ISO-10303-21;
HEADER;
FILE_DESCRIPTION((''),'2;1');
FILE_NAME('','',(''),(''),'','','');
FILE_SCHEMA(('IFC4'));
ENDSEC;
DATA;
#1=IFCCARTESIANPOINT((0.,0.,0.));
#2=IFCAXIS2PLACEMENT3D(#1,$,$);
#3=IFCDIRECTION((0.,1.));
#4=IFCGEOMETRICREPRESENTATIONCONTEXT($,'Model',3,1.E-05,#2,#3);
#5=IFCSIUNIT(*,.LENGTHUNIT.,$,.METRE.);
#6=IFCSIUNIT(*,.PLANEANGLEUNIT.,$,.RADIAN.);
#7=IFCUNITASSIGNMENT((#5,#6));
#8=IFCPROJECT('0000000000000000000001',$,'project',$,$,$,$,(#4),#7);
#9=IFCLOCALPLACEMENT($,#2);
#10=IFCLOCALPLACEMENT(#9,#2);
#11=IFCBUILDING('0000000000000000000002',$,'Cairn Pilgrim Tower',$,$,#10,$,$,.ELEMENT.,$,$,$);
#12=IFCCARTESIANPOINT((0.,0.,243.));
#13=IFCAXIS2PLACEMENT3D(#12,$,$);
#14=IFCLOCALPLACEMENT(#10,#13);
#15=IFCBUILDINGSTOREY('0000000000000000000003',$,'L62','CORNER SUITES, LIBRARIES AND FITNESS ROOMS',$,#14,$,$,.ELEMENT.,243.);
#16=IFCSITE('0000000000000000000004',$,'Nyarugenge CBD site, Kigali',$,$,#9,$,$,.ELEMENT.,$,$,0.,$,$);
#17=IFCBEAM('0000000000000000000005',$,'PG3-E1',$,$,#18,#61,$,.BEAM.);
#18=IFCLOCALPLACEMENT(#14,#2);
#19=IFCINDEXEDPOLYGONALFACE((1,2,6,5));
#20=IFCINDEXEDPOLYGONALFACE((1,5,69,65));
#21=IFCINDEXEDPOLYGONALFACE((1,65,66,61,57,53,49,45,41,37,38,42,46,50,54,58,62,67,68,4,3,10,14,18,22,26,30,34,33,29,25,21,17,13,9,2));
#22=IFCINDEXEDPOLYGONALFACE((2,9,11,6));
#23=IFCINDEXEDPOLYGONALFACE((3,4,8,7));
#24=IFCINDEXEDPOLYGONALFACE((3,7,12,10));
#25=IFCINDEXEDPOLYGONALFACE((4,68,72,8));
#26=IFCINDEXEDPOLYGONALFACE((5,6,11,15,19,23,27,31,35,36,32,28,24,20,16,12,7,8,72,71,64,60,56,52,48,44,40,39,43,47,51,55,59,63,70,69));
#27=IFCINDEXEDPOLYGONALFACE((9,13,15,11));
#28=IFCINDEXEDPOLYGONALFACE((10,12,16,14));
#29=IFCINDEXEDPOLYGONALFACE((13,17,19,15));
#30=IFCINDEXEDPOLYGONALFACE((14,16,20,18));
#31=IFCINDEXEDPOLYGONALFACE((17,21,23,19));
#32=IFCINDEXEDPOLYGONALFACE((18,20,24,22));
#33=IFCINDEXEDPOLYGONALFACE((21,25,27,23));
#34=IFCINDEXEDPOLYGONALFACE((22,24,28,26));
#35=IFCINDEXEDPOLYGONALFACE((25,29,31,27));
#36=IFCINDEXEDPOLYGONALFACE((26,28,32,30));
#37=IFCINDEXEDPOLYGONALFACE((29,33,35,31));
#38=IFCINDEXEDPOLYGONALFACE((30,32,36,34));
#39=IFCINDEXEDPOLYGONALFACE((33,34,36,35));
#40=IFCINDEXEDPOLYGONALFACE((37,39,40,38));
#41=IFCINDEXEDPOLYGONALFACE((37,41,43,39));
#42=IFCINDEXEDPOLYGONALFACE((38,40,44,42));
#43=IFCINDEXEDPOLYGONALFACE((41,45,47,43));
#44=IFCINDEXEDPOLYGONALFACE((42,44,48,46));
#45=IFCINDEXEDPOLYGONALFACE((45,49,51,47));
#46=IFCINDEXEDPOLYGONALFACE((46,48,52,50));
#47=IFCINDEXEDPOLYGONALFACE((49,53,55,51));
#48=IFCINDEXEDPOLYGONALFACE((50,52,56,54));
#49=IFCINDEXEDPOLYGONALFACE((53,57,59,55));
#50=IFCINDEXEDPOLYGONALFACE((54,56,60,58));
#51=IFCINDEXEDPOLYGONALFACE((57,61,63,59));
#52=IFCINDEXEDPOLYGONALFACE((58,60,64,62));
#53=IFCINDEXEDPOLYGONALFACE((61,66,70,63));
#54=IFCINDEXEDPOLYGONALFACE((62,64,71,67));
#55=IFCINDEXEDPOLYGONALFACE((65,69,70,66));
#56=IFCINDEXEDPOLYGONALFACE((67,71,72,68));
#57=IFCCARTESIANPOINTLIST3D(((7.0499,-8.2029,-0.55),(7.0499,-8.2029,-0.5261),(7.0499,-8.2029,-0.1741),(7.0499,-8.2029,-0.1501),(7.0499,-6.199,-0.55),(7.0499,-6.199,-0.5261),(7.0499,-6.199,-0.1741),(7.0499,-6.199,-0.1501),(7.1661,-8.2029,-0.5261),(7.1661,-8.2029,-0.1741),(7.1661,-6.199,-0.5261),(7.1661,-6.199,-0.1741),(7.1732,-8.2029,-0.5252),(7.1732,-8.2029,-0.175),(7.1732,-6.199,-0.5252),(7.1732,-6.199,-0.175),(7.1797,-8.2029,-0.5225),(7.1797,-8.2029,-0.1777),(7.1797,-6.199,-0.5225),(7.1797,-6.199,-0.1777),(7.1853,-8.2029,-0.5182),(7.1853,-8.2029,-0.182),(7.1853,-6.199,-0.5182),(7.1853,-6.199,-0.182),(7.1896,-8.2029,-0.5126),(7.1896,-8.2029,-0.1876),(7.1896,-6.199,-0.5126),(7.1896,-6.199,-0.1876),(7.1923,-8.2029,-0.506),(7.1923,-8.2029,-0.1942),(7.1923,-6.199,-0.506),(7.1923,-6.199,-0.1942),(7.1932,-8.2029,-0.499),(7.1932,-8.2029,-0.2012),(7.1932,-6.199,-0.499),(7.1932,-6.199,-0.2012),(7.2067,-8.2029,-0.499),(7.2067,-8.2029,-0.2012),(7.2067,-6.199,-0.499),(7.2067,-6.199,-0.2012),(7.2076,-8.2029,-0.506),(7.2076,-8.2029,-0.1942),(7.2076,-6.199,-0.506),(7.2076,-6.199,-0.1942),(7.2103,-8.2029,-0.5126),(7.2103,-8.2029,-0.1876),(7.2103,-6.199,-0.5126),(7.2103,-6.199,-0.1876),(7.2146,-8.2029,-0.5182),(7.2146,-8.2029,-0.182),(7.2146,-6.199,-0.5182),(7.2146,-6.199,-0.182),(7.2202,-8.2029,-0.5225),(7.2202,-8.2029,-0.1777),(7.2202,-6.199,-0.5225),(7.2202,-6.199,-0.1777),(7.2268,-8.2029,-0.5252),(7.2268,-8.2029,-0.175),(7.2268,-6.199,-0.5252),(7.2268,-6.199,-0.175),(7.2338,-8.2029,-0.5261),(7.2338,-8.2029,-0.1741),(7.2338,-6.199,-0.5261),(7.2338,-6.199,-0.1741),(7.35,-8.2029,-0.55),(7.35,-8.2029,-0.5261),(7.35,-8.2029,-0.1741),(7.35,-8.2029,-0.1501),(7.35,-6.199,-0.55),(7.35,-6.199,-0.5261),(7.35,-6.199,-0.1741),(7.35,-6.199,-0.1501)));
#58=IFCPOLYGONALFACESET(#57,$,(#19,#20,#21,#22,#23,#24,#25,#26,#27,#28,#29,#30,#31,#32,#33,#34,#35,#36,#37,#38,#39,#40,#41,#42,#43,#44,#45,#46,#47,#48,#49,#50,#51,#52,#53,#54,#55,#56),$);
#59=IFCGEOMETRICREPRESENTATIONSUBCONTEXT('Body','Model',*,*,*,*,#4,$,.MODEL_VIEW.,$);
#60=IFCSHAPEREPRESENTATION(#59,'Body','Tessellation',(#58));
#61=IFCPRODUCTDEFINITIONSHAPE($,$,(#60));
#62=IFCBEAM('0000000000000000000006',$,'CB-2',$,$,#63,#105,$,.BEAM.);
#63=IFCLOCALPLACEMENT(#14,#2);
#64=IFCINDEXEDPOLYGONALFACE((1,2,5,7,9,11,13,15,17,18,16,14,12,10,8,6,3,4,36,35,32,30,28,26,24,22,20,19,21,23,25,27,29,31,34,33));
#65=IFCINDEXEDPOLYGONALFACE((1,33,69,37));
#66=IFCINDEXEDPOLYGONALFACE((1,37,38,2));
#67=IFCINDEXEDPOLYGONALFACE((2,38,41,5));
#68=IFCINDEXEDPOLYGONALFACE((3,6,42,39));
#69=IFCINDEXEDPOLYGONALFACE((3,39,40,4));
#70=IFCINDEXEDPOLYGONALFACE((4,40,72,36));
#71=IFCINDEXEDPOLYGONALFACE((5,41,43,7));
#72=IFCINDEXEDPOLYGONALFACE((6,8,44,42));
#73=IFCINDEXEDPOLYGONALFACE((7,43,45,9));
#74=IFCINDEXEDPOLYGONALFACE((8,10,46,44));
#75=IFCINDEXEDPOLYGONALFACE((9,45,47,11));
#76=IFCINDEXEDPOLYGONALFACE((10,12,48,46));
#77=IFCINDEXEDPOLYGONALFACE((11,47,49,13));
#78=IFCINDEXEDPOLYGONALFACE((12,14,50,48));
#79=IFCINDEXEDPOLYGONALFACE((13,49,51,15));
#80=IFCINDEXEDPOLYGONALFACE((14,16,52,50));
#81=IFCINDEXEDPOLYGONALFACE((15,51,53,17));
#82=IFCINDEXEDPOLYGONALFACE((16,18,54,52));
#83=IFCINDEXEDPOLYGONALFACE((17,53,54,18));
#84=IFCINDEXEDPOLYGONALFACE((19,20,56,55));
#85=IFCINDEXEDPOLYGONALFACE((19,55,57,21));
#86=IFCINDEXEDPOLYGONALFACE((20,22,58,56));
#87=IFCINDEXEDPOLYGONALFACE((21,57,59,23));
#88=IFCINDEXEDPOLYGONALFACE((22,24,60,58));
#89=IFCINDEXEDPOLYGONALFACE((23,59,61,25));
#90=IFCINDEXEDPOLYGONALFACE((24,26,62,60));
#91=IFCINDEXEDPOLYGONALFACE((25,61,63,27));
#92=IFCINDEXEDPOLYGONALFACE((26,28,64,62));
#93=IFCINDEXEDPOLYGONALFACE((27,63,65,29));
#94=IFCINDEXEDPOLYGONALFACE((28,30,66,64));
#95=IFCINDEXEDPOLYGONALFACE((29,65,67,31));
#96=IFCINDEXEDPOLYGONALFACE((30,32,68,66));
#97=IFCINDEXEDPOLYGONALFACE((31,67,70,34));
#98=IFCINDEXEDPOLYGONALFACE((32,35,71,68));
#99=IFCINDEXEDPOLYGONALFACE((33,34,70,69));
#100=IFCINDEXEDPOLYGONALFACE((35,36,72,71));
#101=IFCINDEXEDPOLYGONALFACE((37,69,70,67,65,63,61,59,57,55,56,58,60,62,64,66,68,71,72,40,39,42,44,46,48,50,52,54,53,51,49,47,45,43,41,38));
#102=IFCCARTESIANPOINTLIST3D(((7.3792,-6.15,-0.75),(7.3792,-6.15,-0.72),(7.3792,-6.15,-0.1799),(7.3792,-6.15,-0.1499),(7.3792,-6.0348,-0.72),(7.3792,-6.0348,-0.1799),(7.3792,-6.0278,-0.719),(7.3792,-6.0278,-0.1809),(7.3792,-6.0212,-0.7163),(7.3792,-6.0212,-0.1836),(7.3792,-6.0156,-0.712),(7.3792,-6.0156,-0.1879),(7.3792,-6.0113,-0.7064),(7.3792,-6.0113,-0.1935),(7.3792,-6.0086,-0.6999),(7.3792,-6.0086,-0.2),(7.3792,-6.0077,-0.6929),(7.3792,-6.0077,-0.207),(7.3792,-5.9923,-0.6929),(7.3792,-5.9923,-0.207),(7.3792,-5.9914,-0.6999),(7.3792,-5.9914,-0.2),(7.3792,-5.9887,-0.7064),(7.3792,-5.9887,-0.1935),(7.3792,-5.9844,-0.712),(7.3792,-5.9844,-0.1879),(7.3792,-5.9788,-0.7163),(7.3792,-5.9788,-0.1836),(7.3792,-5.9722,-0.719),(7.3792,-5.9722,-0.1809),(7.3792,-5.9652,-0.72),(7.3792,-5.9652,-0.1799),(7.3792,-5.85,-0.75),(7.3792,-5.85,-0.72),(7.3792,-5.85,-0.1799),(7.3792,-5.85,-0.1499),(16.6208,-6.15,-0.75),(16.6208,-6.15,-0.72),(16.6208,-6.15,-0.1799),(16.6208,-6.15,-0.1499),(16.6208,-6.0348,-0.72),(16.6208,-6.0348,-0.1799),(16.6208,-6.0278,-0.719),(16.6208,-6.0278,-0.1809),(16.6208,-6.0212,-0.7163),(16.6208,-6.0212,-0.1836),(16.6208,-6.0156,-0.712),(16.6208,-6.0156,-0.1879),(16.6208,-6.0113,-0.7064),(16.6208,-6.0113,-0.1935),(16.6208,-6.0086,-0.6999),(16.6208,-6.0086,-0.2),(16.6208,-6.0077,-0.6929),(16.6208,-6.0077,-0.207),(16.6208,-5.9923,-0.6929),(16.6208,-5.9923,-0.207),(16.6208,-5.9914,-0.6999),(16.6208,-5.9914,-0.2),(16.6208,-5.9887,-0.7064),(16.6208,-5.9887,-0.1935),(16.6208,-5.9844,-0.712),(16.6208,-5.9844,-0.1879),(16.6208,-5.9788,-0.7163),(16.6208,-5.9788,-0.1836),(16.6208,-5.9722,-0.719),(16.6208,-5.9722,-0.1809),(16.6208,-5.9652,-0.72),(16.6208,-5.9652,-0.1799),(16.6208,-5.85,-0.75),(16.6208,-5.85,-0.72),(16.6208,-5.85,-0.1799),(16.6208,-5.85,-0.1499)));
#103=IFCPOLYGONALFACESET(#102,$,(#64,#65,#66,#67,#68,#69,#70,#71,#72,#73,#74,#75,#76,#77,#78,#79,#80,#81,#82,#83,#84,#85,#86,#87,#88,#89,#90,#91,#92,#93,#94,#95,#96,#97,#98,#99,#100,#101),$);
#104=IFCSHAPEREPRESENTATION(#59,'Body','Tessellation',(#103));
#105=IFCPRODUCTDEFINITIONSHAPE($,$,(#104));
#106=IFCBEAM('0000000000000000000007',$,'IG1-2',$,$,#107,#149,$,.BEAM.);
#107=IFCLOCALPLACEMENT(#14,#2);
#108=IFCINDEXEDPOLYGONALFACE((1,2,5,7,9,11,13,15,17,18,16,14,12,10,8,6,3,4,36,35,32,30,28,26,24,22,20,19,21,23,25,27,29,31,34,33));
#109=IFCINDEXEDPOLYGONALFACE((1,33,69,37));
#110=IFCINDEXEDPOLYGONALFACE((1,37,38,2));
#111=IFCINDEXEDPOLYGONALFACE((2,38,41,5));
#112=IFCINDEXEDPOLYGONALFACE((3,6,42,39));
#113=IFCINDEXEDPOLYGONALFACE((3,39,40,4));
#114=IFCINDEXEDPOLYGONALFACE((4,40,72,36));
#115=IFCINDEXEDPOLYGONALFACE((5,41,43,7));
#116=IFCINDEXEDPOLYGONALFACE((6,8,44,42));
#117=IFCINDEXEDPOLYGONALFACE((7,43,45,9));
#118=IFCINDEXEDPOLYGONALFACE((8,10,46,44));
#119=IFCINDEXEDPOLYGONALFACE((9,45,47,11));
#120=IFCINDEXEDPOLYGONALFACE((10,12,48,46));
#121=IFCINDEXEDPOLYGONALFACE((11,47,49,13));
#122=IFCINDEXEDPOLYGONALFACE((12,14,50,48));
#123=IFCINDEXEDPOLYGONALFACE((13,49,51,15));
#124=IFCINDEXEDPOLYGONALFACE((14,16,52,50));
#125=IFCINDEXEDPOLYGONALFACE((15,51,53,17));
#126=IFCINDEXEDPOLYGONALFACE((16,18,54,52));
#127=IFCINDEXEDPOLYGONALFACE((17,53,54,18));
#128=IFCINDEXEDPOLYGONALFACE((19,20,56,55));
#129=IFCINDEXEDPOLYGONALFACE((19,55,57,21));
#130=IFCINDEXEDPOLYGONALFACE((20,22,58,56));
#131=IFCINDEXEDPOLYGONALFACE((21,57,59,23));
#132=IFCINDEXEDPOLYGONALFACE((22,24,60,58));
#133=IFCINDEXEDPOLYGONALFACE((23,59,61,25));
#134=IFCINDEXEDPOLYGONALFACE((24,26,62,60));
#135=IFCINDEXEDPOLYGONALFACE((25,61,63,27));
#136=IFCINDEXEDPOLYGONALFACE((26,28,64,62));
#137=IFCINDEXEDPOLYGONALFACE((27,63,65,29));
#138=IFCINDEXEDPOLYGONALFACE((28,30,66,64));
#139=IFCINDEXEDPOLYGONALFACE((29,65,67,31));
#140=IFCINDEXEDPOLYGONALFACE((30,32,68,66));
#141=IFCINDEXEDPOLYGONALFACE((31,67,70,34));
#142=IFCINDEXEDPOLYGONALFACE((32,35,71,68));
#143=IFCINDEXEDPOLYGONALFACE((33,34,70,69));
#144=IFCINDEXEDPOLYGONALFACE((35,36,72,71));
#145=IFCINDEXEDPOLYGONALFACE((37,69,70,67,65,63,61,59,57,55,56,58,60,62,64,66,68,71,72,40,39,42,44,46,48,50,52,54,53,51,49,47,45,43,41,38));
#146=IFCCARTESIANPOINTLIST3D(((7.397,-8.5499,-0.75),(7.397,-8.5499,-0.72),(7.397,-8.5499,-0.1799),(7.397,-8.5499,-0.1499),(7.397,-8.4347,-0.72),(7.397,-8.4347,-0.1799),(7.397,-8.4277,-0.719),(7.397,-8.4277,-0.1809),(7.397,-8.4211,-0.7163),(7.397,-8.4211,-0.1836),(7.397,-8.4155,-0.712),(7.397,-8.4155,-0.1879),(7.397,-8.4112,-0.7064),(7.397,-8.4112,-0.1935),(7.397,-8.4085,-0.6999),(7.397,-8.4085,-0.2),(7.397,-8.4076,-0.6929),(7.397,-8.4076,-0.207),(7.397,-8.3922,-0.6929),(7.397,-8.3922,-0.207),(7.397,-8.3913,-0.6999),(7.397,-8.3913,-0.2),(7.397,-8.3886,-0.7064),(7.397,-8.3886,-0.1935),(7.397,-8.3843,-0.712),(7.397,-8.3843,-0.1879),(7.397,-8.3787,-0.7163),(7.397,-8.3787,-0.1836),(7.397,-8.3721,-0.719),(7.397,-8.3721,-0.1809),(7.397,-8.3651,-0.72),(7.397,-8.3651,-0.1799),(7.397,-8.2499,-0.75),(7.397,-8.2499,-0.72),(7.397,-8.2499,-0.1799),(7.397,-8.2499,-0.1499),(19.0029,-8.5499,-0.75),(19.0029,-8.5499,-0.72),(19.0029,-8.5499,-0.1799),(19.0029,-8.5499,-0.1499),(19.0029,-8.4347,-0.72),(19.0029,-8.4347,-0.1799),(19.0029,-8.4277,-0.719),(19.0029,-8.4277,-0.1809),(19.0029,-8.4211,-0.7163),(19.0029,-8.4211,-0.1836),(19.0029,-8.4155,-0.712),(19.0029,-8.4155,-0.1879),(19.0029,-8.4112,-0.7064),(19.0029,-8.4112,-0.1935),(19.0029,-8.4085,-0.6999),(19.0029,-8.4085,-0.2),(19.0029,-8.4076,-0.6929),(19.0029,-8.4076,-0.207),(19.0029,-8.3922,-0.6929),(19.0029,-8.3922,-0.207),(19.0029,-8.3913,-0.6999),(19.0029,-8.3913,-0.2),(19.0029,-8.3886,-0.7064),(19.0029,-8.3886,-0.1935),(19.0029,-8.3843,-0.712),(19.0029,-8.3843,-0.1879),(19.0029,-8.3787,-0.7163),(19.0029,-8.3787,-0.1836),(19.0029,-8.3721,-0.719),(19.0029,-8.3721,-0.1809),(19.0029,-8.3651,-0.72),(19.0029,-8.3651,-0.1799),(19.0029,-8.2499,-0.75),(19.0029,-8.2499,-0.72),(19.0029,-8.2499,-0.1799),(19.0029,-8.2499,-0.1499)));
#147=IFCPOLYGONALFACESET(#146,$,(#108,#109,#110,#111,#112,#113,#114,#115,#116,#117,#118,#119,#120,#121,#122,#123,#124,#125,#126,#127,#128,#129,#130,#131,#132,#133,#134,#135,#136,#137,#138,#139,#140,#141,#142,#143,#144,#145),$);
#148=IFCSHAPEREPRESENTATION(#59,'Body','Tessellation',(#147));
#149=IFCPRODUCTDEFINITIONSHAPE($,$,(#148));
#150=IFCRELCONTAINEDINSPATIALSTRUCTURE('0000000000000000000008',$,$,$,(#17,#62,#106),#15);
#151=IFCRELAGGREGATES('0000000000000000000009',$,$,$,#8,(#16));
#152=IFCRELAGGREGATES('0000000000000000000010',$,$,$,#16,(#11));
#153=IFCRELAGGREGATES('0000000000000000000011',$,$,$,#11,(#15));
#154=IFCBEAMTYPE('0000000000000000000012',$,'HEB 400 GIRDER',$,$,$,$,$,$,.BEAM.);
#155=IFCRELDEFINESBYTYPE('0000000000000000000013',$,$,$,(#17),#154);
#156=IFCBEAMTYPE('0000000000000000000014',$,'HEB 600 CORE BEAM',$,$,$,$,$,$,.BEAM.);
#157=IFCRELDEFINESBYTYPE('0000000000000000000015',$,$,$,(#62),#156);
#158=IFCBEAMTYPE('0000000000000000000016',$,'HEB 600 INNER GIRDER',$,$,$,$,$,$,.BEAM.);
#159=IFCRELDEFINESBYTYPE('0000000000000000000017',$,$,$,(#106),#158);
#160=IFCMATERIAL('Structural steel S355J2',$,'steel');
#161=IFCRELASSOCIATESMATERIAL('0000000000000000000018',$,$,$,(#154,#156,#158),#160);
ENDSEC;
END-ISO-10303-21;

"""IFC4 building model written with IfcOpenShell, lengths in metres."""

from ifc_helpers import new_model, si_unit, direction, frame, origin, origin_2d, place, context, subcontext, project, spatial, i_section, extrude, material, material_profile, profile_set, type_object, element, save


model = new_model("IFC4")

# Units and contexts
model_context = context("Model", 3, precision=1e-05, world=origin(), true_north=direction((0.0, 1.0)))
body_context = subcontext(model_context, "Body", "Model", "MODEL_VIEW")
ifc_project = project(units=[si_unit("LENGTHUNIT", "METRE"), si_unit("PLANEANGLEUNIT", "RADIAN")], contexts=[model_context])

# Site, building, storey
site_placement = place(None, origin())
site = spatial("IfcSite", under=ifc_project, at=site_placement, Name="Nyarugenge CBD site, Kigali", CompositionType="ELEMENT", RefElevation=0.0)
building_placement = place(site_placement, origin())
building = spatial("IfcBuilding", under=site, at=building_placement, Name="Cairn Pilgrim Tower", CompositionType="ELEMENT")
storey_placement = place(building_placement, frame((0.0, 0.0, 243.0)))
storey = spatial("IfcBuildingStorey", under=building, at=storey_placement, Name="L62", Description="CORNER SUITES, LIBRARIES AND FITNESS ROOMS", CompositionType="ELEMENT", Elevation=243.0)

# Shared definitions
ifc_material_1 = material(Name="Structural steel S355J2", Category="steel")

# Beams
ifc_material_profile_1 = material_profile(ifc_material_1, i_section(OverallWidth=0.3, OverallDepth=0.3999, WebThickness=0.0134, FlangeThickness=0.0239, FilletRadius=0.0271, at=origin_2d()), Name="HEB 400")
ifc_profile_set_1 = profile_set([ifc_material_profile_1], Name="Structural steel S355J2")
beam_type_1 = type_object("IfcBeamType", Name="HEB 400 GIRDER", PredefinedType="BEAM", material=ifc_profile_set_1)
beam_1_placement = place(storey_placement, frame((7.2, -8.2029, -0.3501), z_axis=(0.0, 1.0, 0.0), x_axis=(-1.0, 0.0, 0.0)))
element("IfcBeam", 1, at=beam_1_placement, inside=storey, type_object=beam_type_1, Name="PG3-E1", PredefinedType="BEAM", context=body_context, shape_type="SweptSolid", body=[
    extrude(i_section(OverallWidth=0.3, OverallDepth=0.3999, WebThickness=0.0134, FlangeThickness=0.0239, FilletRadius=0.0271, at=origin_2d()), origin(), (0.0, 0.0, 1.0), 2.0039),
])
ifc_material_profile_2 = material_profile(ifc_material_1, i_section(OverallWidth=0.3, OverallDepth=0.6001, WebThickness=0.0154, FlangeThickness=0.03, FilletRadius=0.0271, at=origin_2d()), Name="HEB 600")
ifc_profile_set_2 = profile_set([ifc_material_profile_2], Name="Structural steel S355J2")
beam_type_2 = type_object("IfcBeamType", Name="HEB 600 CORE BEAM", PredefinedType="BEAM", material=ifc_profile_set_2)
beam_2_placement = place(storey_placement, frame((7.3792, -6.0, -0.45), z_axis=(1.0, 0.0, 0.0), x_axis=(0.0, 1.0, 0.0)))
element("IfcBeam", 2, at=beam_2_placement, inside=storey, type_object=beam_type_2, Name="CB-2", PredefinedType="BEAM", context=body_context, shape_type="SweptSolid", body=[
    extrude(i_section(OverallWidth=0.3, OverallDepth=0.6001, WebThickness=0.0154, FlangeThickness=0.03, FilletRadius=0.0271, at=origin_2d()), origin(), (0.0, 0.0, 1.0), 9.2417),
])
ifc_material_profile_3 = material_profile(ifc_material_1, i_section(OverallWidth=0.3, OverallDepth=0.6001, WebThickness=0.0154, FlangeThickness=0.03, FilletRadius=0.0271, at=origin_2d()), Name="HEB 600")
ifc_profile_set_3 = profile_set([ifc_material_profile_3], Name="Structural steel S355J2")
beam_type_3 = type_object("IfcBeamType", Name="HEB 600 INNER GIRDER", PredefinedType="BEAM", material=ifc_profile_set_3)
beam_3_placement = place(storey_placement, frame((7.397, -8.3999, -0.45), z_axis=(1.0, 0.0, 0.0), x_axis=(0.0, 1.0, 0.0)))
element("IfcBeam", 3, at=beam_3_placement, inside=storey, type_object=beam_type_3, Name="IG1-2", PredefinedType="BEAM", context=body_context, shape_type="SweptSolid", body=[
    extrude(i_section(OverallWidth=0.3, OverallDepth=0.6001, WebThickness=0.0154, FlangeThickness=0.03, FilletRadius=0.0271, at=origin_2d()), origin(), (0.0, 0.0, 1.0), 11.606),
])

save(model, "model.ifc")
